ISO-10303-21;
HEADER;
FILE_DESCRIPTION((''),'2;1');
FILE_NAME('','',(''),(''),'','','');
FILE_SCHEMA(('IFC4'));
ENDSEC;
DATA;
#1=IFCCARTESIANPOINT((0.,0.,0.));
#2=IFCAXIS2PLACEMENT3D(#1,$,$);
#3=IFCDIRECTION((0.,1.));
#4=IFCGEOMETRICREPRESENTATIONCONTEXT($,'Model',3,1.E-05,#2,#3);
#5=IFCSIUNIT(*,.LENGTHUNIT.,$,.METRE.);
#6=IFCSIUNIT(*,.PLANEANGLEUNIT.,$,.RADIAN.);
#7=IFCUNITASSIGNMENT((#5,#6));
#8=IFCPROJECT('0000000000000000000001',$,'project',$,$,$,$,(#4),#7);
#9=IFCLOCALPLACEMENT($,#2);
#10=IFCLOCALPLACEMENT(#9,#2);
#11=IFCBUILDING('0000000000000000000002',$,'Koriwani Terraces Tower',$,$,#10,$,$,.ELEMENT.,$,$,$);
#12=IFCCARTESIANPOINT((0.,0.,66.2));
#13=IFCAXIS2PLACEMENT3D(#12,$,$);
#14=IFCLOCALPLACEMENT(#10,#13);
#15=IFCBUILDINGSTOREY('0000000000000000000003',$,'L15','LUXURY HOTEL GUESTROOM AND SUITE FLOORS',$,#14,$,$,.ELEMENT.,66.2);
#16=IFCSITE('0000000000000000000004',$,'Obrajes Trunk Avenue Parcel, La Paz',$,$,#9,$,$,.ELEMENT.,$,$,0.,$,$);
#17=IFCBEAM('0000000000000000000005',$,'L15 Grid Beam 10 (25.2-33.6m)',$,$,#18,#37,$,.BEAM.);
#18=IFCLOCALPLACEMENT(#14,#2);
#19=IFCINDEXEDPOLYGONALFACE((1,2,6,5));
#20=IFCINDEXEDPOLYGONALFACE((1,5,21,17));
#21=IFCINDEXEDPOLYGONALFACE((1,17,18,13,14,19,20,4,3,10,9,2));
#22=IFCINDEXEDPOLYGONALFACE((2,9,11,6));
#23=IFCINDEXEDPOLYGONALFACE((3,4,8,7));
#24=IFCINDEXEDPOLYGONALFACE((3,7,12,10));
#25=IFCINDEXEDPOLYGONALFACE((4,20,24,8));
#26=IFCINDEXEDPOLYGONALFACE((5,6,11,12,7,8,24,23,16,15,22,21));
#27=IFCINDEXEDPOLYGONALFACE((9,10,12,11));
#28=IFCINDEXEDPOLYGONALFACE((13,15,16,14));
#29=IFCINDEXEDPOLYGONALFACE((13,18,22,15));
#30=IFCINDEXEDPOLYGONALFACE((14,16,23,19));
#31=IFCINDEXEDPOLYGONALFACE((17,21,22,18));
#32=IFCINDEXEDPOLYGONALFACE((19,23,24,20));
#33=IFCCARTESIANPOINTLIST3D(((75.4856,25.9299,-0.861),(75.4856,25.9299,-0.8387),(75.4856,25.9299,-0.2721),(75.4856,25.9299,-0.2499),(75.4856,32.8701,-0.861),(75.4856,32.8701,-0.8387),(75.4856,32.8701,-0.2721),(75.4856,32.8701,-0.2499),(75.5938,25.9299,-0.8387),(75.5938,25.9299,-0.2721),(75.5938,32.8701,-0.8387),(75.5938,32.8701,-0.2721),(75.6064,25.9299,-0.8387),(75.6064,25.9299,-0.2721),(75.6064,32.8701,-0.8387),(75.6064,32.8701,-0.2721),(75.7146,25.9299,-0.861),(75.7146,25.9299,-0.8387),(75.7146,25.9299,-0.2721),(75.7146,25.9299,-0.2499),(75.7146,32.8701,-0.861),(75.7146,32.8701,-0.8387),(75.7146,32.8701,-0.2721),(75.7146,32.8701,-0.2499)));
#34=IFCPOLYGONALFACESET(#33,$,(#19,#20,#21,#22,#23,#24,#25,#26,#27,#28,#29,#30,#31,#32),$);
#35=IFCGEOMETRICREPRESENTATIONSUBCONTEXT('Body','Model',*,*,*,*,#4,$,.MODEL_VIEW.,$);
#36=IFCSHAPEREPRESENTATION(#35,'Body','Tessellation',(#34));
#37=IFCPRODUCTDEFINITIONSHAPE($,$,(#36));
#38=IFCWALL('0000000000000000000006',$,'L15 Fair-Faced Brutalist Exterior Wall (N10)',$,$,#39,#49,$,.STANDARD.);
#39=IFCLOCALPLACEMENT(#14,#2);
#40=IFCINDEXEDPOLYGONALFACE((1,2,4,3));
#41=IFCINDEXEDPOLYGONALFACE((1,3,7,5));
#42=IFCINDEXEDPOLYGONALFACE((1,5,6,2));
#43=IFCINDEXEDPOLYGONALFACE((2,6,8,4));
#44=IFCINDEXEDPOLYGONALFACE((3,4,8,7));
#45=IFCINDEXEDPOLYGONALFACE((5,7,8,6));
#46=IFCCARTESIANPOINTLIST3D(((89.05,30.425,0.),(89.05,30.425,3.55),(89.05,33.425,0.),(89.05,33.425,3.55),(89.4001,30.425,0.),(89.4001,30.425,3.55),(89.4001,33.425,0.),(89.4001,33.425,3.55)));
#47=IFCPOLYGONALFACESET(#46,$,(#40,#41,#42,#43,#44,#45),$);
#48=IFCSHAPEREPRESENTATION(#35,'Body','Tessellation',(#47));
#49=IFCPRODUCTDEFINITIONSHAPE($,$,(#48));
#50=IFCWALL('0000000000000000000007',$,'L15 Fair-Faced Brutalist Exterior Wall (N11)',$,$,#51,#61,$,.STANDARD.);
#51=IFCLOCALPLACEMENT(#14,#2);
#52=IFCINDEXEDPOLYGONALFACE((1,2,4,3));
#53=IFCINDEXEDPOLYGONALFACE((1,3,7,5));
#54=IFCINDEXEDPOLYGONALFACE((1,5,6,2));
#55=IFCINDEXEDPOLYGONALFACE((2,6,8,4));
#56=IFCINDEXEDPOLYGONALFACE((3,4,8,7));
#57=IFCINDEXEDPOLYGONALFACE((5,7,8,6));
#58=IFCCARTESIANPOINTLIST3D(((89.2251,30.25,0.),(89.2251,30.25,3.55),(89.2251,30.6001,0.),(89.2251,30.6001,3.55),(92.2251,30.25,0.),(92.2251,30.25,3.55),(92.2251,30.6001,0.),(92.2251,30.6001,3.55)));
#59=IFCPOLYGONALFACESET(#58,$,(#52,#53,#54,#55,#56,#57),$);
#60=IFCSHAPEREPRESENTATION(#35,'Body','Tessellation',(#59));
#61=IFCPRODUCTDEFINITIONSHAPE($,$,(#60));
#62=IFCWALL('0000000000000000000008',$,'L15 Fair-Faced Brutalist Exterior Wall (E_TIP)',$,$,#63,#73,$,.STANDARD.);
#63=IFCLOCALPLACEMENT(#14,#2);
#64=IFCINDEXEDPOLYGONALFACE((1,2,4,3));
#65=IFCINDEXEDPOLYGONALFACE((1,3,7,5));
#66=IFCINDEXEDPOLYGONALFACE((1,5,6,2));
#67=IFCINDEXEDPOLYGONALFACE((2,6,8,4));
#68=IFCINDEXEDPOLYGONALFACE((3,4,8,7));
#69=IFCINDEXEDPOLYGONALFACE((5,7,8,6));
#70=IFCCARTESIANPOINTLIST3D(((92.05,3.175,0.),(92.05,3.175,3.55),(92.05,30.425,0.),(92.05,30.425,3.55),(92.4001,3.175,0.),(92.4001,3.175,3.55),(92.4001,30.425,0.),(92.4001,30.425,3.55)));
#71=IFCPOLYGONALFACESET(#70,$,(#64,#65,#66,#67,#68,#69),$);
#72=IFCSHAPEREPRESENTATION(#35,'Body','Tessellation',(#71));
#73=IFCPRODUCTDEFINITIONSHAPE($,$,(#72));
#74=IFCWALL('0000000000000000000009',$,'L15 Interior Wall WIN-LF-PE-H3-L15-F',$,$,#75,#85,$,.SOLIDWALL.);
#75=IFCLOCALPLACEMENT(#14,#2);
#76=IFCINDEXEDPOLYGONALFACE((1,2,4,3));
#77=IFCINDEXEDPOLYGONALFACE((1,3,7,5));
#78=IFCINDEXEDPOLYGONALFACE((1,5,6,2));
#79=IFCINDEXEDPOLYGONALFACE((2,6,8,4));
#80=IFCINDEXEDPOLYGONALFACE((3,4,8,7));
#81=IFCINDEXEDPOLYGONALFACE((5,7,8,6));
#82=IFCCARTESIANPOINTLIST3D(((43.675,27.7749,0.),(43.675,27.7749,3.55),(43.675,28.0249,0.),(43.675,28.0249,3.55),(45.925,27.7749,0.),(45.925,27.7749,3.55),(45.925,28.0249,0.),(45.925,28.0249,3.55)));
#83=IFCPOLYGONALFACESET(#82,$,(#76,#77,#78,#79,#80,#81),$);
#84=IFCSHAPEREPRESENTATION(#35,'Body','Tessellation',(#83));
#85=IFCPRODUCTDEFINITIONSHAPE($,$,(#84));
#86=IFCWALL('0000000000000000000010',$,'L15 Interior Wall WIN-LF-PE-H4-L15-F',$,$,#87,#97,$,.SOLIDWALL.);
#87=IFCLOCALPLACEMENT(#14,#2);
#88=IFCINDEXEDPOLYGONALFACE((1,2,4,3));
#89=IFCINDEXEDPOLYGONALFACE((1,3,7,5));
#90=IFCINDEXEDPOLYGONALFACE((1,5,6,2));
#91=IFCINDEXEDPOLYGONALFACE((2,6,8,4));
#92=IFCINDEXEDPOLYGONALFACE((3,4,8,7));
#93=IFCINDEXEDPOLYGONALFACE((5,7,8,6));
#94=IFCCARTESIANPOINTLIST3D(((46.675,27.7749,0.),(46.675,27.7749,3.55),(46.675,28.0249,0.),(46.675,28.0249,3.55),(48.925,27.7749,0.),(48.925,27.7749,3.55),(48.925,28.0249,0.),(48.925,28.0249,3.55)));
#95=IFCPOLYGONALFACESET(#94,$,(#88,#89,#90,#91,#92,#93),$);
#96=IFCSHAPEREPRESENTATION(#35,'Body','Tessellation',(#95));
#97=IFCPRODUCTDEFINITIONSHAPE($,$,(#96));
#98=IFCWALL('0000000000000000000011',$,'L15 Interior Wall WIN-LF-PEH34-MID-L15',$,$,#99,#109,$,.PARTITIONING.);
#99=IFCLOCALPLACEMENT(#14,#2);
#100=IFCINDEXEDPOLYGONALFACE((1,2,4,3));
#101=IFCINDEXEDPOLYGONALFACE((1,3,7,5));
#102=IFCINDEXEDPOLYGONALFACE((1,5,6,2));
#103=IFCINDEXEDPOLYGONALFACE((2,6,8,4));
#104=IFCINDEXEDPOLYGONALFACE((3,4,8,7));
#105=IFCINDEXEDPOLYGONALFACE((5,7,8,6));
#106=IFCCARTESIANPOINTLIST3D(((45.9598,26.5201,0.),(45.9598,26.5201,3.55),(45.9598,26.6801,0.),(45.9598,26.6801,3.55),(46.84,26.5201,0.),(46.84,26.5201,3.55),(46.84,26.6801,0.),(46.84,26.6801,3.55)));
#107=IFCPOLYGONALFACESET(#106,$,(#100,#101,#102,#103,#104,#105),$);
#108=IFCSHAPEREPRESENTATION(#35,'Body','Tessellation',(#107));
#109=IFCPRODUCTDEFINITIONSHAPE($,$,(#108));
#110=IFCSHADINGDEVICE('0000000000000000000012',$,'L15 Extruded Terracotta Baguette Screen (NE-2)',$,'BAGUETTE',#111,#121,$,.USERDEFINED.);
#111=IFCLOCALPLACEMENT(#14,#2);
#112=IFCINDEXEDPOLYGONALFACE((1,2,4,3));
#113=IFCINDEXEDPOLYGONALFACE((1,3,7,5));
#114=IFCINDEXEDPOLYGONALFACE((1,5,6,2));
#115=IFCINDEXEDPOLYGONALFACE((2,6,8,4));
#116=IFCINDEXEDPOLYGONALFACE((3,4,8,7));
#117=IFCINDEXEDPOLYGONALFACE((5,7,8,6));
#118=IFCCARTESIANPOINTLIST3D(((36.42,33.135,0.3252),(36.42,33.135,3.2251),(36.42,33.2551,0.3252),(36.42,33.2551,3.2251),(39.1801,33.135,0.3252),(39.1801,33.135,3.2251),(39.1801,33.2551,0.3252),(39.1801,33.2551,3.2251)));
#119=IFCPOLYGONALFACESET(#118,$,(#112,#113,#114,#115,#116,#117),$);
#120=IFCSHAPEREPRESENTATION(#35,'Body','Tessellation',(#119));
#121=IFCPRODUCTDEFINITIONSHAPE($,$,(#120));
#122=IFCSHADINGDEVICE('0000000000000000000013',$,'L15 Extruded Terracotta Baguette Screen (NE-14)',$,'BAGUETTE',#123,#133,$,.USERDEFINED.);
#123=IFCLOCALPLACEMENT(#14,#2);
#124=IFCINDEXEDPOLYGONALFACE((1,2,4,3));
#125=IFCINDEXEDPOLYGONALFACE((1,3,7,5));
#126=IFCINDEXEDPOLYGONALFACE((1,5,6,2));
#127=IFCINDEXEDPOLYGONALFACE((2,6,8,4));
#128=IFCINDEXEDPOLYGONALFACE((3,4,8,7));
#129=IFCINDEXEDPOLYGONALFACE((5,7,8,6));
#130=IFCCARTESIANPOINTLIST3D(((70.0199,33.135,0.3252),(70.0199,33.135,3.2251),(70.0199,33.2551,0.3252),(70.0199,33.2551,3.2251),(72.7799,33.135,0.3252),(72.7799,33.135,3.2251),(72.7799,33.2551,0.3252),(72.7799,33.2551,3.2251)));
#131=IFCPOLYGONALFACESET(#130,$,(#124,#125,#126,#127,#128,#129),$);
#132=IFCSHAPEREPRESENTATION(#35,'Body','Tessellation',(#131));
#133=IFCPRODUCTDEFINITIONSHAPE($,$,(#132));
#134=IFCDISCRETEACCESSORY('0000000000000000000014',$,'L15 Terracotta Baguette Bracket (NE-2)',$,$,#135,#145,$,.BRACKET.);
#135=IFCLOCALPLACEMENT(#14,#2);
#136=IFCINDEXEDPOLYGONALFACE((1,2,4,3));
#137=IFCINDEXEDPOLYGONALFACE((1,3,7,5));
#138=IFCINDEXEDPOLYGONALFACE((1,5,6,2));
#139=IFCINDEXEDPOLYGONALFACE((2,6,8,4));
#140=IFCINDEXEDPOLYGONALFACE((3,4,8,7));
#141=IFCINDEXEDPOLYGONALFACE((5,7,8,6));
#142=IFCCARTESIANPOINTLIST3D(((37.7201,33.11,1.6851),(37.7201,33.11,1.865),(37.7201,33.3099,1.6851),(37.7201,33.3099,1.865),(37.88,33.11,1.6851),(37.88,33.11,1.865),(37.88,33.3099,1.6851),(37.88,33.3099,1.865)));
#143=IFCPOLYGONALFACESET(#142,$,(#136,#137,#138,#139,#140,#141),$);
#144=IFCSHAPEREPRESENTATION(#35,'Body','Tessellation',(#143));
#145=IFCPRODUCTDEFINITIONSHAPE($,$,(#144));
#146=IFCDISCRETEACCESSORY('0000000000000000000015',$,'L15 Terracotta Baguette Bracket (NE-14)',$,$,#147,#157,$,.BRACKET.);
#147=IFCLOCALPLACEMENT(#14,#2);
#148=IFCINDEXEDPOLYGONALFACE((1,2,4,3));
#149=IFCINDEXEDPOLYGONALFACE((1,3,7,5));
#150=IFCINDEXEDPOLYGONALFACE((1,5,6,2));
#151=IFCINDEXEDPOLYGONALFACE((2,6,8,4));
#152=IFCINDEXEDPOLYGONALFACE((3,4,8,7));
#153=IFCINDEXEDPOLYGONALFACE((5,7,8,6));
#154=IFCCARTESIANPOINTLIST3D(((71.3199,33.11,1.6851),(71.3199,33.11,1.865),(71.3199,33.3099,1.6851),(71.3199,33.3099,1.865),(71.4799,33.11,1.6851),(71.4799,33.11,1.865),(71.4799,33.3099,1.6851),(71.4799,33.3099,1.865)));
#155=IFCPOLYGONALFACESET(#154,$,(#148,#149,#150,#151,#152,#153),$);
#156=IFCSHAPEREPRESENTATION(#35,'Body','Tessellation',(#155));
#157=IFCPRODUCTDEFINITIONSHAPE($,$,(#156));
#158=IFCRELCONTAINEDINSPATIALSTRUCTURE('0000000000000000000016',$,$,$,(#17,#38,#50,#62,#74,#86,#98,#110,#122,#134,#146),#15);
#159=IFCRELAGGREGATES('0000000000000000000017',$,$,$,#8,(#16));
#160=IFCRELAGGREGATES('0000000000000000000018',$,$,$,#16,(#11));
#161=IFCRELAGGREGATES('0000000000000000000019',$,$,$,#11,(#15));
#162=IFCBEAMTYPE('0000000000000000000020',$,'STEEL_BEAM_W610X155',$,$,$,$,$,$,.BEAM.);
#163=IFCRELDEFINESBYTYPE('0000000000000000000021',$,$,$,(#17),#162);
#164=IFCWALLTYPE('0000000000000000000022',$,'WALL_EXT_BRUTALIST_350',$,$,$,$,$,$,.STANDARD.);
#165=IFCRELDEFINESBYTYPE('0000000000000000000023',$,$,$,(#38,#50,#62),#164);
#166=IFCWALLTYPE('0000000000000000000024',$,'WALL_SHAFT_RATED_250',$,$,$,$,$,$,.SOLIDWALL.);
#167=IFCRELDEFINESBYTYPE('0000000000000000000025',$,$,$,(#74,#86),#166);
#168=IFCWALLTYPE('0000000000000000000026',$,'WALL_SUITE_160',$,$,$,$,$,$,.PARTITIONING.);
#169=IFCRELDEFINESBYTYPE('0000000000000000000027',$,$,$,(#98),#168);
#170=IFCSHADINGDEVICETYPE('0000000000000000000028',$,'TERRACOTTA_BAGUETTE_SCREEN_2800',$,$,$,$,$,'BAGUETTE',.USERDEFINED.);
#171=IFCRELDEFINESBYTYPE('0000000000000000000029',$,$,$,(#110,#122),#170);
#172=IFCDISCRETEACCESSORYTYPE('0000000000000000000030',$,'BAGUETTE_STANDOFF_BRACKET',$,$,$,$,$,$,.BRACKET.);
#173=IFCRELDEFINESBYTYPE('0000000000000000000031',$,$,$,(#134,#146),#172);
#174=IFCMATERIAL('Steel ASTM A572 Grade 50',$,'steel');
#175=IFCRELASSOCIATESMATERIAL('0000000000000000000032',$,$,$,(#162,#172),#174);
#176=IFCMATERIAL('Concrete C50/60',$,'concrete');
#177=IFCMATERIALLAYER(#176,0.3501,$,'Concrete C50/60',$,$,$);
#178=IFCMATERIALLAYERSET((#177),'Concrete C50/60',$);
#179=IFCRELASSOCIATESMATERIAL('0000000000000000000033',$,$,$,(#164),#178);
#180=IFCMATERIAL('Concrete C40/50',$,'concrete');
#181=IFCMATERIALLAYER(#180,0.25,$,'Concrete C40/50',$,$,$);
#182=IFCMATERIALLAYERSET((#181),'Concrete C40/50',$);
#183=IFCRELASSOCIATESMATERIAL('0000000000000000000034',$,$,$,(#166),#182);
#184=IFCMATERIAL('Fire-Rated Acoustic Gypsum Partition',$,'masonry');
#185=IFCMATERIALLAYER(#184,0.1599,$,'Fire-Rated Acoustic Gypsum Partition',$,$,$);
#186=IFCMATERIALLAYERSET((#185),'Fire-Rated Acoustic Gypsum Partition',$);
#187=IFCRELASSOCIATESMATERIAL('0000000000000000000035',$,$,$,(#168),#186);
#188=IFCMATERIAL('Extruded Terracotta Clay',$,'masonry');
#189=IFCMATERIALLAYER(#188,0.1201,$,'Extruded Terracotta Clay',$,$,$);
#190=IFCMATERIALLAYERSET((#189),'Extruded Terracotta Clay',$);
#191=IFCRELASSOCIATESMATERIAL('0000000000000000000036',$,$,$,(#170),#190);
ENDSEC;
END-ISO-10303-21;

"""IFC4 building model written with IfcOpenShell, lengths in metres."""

from ifc_helpers import new_model, si_unit, direction, frame, frame_2d, origin, origin_2d, place, context, subcontext, project, spatial, rectangle, i_section, extrude, material, layer, layer_set, material_profile, profile_set, type_object, element, save


model = new_model("IFC4")

# Units and contexts
model_context = context("Model", 3, precision=1e-05, world=origin(), true_north=direction((0.0, 1.0)))
body_context = subcontext(model_context, "Body", "Model", "MODEL_VIEW")
ifc_project = project(units=[si_unit("LENGTHUNIT", "METRE"), si_unit("PLANEANGLEUNIT", "RADIAN")], contexts=[model_context])

# Site, building, storey
site_placement = place(None, origin())
site = spatial("IfcSite", under=ifc_project, at=site_placement, Name="Obrajes Trunk Avenue Parcel, La Paz", CompositionType="ELEMENT", RefElevation=0.0)
building_placement = place(site_placement, origin())
building = spatial("IfcBuilding", under=site, at=building_placement, Name="Koriwani Terraces Tower", CompositionType="ELEMENT")
storey_placement = place(building_placement, frame((0.0, 0.0, 66.2)))
storey = spatial("IfcBuildingStorey", under=building, at=storey_placement, Name="L15", Description="LUXURY HOTEL GUESTROOM AND SUITE FLOORS", CompositionType="ELEMENT", Elevation=66.2)

# Beam
ifc_material_1 = material(Name="Concrete C40/50", Category="concrete")
ifc_material_2 = material(Name="Concrete C50/60", Category="concrete")
ifc_material_3 = material(Name="Steel ASTM A572 Grade 50", Category="steel")
ifc_material_profile_1 = material_profile(ifc_material_3, i_section(OverallWidth=0.229, OverallDepth=0.6111, WebThickness=0.0127, FlangeThickness=0.0222, at=origin_2d()), Name="Steel ASTM A572 Grade 50", Category="LoadBearing")
ifc_profile_set_1 = profile_set([ifc_material_profile_1], Name="Steel ASTM A572 Grade 50")
beam_type_1 = type_object("IfcBeamType", Name="STEEL_BEAM_W610X155", PredefinedType="BEAM", material=ifc_profile_set_1)
beam_1_placement = place(storey_placement, frame((75.6001, 25.9299, -0.5554), z_axis=(0.0, 1.0, 0.0), x_axis=(-1.0, 0.0, 0.0)))
element("IfcBeam", 1, at=beam_1_placement, inside=storey, type_object=beam_type_1, Name="L15 Grid Beam 10 (25.2-33.6m)", PredefinedType="BEAM", context=body_context, shape_type="SweptSolid", body=[
    extrude(i_section(OverallWidth=0.229, OverallDepth=0.6111, WebThickness=0.0127, FlangeThickness=0.0222, at=origin_2d()), origin(), (0.0, 0.0, 1.0), 6.9402),
])

# Walls
ifc_layer_1 = layer(ifc_material_2, 0.3501, Name="Concrete C50/60")
ifc_layer_set_1 = layer_set([ifc_layer_1], Name="Concrete C50/60")
wall_type_1 = type_object("IfcWallType", Name="WALL_EXT_BRUTALIST_350", PredefinedType="STANDARD", material=ifc_layer_set_1)
for number, where, z_axis, x_axis, name in (
    (2, (89.2251, 33.425, 0.0), (0.0, 0.0, 1.0), (0.0, -1.0, 0.0), "L15 Fair-Faced Brutalist Exterior Wall (N10)"),
    (3, (89.2251, 30.425, 0.0), (0.0, 0.0, 1.0), (1.0, 0.0, 0.0), "L15 Fair-Faced Brutalist Exterior Wall (N11)"),
):
    element("IfcWall", number, at=place(storey_placement, frame(where, z_axis=z_axis, x_axis=x_axis)), inside=storey, type_object=wall_type_1, Name=name, PredefinedType="STANDARD", context=body_context, shape_type="SweptSolid", body=[
        extrude(rectangle(XDim=3.0, YDim=0.3501, at=frame_2d((1.5, 0.0))), origin(), (0.0, 0.0, 1.0), 3.55),
    ])
wall_1_placement = place(storey_placement, frame((92.2251, 30.425, 0.0), z_axis=(0.0, 0.0, 1.0), x_axis=(0.0, -1.0, 0.0)))
element("IfcWall", 4, at=wall_1_placement, inside=storey, type_object=wall_type_1, Name="L15 Fair-Faced Brutalist Exterior Wall (E_TIP)", PredefinedType="STANDARD", context=body_context, shape_type="SweptSolid", body=[
    extrude(rectangle(XDim=27.25, YDim=0.3501, at=frame_2d((13.625, 0.0))), origin(), (0.0, 0.0, 1.0), 3.55),
])
ifc_layer_2 = layer(ifc_material_1, 0.25, Name="Concrete C40/50")
ifc_layer_set_2 = layer_set([ifc_layer_2], Name="Concrete C40/50")
wall_type_2 = type_object("IfcWallType", Name="WALL_SHAFT_RATED_250", PredefinedType="SOLIDWALL", material=ifc_layer_set_2)
for number, where, z_axis, x_axis, name in (
    (5, (43.675, 27.8999, 0.0), (0.0, 0.0, 1.0), (1.0, 0.0, 0.0), "L15 Interior Wall WIN-LF-PE-H3-L15-F"),
    (6, (46.675, 27.8999, 0.0), (0.0, 0.0, 1.0), (1.0, 0.0, 0.0), "L15 Interior Wall WIN-LF-PE-H4-L15-F"),
):
    element("IfcWall", number, at=place(storey_placement, frame(where, z_axis=z_axis, x_axis=x_axis)), inside=storey, type_object=wall_type_2, Name=name, PredefinedType="SOLIDWALL", context=body_context, shape_type="SweptSolid", body=[
        extrude(rectangle(XDim=2.25, YDim=0.25, at=frame_2d((1.125, 0.0))), origin(), (0.0, 0.0, 1.0), 3.55),
    ])
ifc_material_4 = material(Name="Fire-Rated Acoustic Gypsum Partition", Category="masonry")
ifc_layer_3 = layer(ifc_material_4, 0.1599, Name="Fire-Rated Acoustic Gypsum Partition")
ifc_layer_set_3 = layer_set([ifc_layer_3], Name="Fire-Rated Acoustic Gypsum Partition")
wall_type_3 = type_object("IfcWallType", Name="WALL_SUITE_160", PredefinedType="PARTITIONING", material=ifc_layer_set_3)
wall_2_placement = place(storey_placement, frame((45.96, 26.6001, 0.0), z_axis=(0.0, 0.0, 1.0), x_axis=(1.0, 0.0, 0.0)))
element("IfcWall", 7, at=wall_2_placement, inside=storey, type_object=wall_type_3, Name="L15 Interior Wall WIN-LF-PEH34-MID-L15", PredefinedType="PARTITIONING", context=body_context, shape_type="SweptSolid", body=[
    extrude(rectangle(XDim=0.8801, YDim=0.1599, at=frame_2d((0.4399, 0.0))), origin(), (0.0, 0.0, 1.0), 3.55),
])

# Shading devices
ifc_material_5 = material(Name="Extruded Terracotta Clay", Category="masonry")
ifc_layer_4 = layer(ifc_material_5, 0.1201, Name="Extruded Terracotta Clay")
ifc_layer_set_4 = layer_set([ifc_layer_4], Name="Extruded Terracotta Clay")
shading_device_type = type_object("IfcShadingDeviceType", Name="TERRACOTTA_BAGUETTE_SCREEN_2800", ElementType="BAGUETTE", PredefinedType="USERDEFINED", material=ifc_layer_set_4)
for number, where, z_axis, x_axis, name in (
    (8, (37.8, 33.1951, 0.3252), (0.0, 0.0, 1.0), (1.0, 0.0, 0.0), "L15 Extruded Terracotta Baguette Screen (NE-2)"),
    (9, (71.3999, 33.1951, 0.3252), (0.0, 0.0, 1.0), (1.0, 0.0, 0.0), "L15 Extruded Terracotta Baguette Screen (NE-14)"),
):
    element("IfcShadingDevice", number, at=place(storey_placement, frame(where, z_axis=z_axis, x_axis=x_axis)), inside=storey, type_object=shading_device_type, Name=name, ObjectType="BAGUETTE", PredefinedType="USERDEFINED", context=body_context, shape_type="SweptSolid", body=[
        extrude(rectangle(XDim=2.76, YDim=0.1201, at=origin_2d()), origin(), (0.0, 0.0, 1.0), 2.8999),
    ])

# Discrete accessories
discrete_accessory_type = type_object("IfcDiscreteAccessoryType", Name="BAGUETTE_STANDOFF_BRACKET", PredefinedType="BRACKET", material=ifc_material_3)
for number, where, z_axis, x_axis, name in (
    (10, (37.8, 33.21, 1.6851), (0.0, 0.0, 1.0), (1.0, 0.0, 0.0), "L15 Terracotta Baguette Bracket (NE-2)"),
    (11, (71.3999, 33.21, 1.6851), (0.0, 0.0, 1.0), (1.0, 0.0, 0.0), "L15 Terracotta Baguette Bracket (NE-14)"),
):
    element("IfcDiscreteAccessory", number, at=place(storey_placement, frame(where, z_axis=z_axis, x_axis=x_axis)), inside=storey, type_object=discrete_accessory_type, Name=name, PredefinedType="BRACKET", context=body_context, shape_type="SweptSolid", body=[
        extrude(rectangle(XDim=0.1599, YDim=0.2, at=origin_2d()), origin(), (0.0, 0.0, 1.0), 0.1799),
    ])

save(model, "model.ifc")
